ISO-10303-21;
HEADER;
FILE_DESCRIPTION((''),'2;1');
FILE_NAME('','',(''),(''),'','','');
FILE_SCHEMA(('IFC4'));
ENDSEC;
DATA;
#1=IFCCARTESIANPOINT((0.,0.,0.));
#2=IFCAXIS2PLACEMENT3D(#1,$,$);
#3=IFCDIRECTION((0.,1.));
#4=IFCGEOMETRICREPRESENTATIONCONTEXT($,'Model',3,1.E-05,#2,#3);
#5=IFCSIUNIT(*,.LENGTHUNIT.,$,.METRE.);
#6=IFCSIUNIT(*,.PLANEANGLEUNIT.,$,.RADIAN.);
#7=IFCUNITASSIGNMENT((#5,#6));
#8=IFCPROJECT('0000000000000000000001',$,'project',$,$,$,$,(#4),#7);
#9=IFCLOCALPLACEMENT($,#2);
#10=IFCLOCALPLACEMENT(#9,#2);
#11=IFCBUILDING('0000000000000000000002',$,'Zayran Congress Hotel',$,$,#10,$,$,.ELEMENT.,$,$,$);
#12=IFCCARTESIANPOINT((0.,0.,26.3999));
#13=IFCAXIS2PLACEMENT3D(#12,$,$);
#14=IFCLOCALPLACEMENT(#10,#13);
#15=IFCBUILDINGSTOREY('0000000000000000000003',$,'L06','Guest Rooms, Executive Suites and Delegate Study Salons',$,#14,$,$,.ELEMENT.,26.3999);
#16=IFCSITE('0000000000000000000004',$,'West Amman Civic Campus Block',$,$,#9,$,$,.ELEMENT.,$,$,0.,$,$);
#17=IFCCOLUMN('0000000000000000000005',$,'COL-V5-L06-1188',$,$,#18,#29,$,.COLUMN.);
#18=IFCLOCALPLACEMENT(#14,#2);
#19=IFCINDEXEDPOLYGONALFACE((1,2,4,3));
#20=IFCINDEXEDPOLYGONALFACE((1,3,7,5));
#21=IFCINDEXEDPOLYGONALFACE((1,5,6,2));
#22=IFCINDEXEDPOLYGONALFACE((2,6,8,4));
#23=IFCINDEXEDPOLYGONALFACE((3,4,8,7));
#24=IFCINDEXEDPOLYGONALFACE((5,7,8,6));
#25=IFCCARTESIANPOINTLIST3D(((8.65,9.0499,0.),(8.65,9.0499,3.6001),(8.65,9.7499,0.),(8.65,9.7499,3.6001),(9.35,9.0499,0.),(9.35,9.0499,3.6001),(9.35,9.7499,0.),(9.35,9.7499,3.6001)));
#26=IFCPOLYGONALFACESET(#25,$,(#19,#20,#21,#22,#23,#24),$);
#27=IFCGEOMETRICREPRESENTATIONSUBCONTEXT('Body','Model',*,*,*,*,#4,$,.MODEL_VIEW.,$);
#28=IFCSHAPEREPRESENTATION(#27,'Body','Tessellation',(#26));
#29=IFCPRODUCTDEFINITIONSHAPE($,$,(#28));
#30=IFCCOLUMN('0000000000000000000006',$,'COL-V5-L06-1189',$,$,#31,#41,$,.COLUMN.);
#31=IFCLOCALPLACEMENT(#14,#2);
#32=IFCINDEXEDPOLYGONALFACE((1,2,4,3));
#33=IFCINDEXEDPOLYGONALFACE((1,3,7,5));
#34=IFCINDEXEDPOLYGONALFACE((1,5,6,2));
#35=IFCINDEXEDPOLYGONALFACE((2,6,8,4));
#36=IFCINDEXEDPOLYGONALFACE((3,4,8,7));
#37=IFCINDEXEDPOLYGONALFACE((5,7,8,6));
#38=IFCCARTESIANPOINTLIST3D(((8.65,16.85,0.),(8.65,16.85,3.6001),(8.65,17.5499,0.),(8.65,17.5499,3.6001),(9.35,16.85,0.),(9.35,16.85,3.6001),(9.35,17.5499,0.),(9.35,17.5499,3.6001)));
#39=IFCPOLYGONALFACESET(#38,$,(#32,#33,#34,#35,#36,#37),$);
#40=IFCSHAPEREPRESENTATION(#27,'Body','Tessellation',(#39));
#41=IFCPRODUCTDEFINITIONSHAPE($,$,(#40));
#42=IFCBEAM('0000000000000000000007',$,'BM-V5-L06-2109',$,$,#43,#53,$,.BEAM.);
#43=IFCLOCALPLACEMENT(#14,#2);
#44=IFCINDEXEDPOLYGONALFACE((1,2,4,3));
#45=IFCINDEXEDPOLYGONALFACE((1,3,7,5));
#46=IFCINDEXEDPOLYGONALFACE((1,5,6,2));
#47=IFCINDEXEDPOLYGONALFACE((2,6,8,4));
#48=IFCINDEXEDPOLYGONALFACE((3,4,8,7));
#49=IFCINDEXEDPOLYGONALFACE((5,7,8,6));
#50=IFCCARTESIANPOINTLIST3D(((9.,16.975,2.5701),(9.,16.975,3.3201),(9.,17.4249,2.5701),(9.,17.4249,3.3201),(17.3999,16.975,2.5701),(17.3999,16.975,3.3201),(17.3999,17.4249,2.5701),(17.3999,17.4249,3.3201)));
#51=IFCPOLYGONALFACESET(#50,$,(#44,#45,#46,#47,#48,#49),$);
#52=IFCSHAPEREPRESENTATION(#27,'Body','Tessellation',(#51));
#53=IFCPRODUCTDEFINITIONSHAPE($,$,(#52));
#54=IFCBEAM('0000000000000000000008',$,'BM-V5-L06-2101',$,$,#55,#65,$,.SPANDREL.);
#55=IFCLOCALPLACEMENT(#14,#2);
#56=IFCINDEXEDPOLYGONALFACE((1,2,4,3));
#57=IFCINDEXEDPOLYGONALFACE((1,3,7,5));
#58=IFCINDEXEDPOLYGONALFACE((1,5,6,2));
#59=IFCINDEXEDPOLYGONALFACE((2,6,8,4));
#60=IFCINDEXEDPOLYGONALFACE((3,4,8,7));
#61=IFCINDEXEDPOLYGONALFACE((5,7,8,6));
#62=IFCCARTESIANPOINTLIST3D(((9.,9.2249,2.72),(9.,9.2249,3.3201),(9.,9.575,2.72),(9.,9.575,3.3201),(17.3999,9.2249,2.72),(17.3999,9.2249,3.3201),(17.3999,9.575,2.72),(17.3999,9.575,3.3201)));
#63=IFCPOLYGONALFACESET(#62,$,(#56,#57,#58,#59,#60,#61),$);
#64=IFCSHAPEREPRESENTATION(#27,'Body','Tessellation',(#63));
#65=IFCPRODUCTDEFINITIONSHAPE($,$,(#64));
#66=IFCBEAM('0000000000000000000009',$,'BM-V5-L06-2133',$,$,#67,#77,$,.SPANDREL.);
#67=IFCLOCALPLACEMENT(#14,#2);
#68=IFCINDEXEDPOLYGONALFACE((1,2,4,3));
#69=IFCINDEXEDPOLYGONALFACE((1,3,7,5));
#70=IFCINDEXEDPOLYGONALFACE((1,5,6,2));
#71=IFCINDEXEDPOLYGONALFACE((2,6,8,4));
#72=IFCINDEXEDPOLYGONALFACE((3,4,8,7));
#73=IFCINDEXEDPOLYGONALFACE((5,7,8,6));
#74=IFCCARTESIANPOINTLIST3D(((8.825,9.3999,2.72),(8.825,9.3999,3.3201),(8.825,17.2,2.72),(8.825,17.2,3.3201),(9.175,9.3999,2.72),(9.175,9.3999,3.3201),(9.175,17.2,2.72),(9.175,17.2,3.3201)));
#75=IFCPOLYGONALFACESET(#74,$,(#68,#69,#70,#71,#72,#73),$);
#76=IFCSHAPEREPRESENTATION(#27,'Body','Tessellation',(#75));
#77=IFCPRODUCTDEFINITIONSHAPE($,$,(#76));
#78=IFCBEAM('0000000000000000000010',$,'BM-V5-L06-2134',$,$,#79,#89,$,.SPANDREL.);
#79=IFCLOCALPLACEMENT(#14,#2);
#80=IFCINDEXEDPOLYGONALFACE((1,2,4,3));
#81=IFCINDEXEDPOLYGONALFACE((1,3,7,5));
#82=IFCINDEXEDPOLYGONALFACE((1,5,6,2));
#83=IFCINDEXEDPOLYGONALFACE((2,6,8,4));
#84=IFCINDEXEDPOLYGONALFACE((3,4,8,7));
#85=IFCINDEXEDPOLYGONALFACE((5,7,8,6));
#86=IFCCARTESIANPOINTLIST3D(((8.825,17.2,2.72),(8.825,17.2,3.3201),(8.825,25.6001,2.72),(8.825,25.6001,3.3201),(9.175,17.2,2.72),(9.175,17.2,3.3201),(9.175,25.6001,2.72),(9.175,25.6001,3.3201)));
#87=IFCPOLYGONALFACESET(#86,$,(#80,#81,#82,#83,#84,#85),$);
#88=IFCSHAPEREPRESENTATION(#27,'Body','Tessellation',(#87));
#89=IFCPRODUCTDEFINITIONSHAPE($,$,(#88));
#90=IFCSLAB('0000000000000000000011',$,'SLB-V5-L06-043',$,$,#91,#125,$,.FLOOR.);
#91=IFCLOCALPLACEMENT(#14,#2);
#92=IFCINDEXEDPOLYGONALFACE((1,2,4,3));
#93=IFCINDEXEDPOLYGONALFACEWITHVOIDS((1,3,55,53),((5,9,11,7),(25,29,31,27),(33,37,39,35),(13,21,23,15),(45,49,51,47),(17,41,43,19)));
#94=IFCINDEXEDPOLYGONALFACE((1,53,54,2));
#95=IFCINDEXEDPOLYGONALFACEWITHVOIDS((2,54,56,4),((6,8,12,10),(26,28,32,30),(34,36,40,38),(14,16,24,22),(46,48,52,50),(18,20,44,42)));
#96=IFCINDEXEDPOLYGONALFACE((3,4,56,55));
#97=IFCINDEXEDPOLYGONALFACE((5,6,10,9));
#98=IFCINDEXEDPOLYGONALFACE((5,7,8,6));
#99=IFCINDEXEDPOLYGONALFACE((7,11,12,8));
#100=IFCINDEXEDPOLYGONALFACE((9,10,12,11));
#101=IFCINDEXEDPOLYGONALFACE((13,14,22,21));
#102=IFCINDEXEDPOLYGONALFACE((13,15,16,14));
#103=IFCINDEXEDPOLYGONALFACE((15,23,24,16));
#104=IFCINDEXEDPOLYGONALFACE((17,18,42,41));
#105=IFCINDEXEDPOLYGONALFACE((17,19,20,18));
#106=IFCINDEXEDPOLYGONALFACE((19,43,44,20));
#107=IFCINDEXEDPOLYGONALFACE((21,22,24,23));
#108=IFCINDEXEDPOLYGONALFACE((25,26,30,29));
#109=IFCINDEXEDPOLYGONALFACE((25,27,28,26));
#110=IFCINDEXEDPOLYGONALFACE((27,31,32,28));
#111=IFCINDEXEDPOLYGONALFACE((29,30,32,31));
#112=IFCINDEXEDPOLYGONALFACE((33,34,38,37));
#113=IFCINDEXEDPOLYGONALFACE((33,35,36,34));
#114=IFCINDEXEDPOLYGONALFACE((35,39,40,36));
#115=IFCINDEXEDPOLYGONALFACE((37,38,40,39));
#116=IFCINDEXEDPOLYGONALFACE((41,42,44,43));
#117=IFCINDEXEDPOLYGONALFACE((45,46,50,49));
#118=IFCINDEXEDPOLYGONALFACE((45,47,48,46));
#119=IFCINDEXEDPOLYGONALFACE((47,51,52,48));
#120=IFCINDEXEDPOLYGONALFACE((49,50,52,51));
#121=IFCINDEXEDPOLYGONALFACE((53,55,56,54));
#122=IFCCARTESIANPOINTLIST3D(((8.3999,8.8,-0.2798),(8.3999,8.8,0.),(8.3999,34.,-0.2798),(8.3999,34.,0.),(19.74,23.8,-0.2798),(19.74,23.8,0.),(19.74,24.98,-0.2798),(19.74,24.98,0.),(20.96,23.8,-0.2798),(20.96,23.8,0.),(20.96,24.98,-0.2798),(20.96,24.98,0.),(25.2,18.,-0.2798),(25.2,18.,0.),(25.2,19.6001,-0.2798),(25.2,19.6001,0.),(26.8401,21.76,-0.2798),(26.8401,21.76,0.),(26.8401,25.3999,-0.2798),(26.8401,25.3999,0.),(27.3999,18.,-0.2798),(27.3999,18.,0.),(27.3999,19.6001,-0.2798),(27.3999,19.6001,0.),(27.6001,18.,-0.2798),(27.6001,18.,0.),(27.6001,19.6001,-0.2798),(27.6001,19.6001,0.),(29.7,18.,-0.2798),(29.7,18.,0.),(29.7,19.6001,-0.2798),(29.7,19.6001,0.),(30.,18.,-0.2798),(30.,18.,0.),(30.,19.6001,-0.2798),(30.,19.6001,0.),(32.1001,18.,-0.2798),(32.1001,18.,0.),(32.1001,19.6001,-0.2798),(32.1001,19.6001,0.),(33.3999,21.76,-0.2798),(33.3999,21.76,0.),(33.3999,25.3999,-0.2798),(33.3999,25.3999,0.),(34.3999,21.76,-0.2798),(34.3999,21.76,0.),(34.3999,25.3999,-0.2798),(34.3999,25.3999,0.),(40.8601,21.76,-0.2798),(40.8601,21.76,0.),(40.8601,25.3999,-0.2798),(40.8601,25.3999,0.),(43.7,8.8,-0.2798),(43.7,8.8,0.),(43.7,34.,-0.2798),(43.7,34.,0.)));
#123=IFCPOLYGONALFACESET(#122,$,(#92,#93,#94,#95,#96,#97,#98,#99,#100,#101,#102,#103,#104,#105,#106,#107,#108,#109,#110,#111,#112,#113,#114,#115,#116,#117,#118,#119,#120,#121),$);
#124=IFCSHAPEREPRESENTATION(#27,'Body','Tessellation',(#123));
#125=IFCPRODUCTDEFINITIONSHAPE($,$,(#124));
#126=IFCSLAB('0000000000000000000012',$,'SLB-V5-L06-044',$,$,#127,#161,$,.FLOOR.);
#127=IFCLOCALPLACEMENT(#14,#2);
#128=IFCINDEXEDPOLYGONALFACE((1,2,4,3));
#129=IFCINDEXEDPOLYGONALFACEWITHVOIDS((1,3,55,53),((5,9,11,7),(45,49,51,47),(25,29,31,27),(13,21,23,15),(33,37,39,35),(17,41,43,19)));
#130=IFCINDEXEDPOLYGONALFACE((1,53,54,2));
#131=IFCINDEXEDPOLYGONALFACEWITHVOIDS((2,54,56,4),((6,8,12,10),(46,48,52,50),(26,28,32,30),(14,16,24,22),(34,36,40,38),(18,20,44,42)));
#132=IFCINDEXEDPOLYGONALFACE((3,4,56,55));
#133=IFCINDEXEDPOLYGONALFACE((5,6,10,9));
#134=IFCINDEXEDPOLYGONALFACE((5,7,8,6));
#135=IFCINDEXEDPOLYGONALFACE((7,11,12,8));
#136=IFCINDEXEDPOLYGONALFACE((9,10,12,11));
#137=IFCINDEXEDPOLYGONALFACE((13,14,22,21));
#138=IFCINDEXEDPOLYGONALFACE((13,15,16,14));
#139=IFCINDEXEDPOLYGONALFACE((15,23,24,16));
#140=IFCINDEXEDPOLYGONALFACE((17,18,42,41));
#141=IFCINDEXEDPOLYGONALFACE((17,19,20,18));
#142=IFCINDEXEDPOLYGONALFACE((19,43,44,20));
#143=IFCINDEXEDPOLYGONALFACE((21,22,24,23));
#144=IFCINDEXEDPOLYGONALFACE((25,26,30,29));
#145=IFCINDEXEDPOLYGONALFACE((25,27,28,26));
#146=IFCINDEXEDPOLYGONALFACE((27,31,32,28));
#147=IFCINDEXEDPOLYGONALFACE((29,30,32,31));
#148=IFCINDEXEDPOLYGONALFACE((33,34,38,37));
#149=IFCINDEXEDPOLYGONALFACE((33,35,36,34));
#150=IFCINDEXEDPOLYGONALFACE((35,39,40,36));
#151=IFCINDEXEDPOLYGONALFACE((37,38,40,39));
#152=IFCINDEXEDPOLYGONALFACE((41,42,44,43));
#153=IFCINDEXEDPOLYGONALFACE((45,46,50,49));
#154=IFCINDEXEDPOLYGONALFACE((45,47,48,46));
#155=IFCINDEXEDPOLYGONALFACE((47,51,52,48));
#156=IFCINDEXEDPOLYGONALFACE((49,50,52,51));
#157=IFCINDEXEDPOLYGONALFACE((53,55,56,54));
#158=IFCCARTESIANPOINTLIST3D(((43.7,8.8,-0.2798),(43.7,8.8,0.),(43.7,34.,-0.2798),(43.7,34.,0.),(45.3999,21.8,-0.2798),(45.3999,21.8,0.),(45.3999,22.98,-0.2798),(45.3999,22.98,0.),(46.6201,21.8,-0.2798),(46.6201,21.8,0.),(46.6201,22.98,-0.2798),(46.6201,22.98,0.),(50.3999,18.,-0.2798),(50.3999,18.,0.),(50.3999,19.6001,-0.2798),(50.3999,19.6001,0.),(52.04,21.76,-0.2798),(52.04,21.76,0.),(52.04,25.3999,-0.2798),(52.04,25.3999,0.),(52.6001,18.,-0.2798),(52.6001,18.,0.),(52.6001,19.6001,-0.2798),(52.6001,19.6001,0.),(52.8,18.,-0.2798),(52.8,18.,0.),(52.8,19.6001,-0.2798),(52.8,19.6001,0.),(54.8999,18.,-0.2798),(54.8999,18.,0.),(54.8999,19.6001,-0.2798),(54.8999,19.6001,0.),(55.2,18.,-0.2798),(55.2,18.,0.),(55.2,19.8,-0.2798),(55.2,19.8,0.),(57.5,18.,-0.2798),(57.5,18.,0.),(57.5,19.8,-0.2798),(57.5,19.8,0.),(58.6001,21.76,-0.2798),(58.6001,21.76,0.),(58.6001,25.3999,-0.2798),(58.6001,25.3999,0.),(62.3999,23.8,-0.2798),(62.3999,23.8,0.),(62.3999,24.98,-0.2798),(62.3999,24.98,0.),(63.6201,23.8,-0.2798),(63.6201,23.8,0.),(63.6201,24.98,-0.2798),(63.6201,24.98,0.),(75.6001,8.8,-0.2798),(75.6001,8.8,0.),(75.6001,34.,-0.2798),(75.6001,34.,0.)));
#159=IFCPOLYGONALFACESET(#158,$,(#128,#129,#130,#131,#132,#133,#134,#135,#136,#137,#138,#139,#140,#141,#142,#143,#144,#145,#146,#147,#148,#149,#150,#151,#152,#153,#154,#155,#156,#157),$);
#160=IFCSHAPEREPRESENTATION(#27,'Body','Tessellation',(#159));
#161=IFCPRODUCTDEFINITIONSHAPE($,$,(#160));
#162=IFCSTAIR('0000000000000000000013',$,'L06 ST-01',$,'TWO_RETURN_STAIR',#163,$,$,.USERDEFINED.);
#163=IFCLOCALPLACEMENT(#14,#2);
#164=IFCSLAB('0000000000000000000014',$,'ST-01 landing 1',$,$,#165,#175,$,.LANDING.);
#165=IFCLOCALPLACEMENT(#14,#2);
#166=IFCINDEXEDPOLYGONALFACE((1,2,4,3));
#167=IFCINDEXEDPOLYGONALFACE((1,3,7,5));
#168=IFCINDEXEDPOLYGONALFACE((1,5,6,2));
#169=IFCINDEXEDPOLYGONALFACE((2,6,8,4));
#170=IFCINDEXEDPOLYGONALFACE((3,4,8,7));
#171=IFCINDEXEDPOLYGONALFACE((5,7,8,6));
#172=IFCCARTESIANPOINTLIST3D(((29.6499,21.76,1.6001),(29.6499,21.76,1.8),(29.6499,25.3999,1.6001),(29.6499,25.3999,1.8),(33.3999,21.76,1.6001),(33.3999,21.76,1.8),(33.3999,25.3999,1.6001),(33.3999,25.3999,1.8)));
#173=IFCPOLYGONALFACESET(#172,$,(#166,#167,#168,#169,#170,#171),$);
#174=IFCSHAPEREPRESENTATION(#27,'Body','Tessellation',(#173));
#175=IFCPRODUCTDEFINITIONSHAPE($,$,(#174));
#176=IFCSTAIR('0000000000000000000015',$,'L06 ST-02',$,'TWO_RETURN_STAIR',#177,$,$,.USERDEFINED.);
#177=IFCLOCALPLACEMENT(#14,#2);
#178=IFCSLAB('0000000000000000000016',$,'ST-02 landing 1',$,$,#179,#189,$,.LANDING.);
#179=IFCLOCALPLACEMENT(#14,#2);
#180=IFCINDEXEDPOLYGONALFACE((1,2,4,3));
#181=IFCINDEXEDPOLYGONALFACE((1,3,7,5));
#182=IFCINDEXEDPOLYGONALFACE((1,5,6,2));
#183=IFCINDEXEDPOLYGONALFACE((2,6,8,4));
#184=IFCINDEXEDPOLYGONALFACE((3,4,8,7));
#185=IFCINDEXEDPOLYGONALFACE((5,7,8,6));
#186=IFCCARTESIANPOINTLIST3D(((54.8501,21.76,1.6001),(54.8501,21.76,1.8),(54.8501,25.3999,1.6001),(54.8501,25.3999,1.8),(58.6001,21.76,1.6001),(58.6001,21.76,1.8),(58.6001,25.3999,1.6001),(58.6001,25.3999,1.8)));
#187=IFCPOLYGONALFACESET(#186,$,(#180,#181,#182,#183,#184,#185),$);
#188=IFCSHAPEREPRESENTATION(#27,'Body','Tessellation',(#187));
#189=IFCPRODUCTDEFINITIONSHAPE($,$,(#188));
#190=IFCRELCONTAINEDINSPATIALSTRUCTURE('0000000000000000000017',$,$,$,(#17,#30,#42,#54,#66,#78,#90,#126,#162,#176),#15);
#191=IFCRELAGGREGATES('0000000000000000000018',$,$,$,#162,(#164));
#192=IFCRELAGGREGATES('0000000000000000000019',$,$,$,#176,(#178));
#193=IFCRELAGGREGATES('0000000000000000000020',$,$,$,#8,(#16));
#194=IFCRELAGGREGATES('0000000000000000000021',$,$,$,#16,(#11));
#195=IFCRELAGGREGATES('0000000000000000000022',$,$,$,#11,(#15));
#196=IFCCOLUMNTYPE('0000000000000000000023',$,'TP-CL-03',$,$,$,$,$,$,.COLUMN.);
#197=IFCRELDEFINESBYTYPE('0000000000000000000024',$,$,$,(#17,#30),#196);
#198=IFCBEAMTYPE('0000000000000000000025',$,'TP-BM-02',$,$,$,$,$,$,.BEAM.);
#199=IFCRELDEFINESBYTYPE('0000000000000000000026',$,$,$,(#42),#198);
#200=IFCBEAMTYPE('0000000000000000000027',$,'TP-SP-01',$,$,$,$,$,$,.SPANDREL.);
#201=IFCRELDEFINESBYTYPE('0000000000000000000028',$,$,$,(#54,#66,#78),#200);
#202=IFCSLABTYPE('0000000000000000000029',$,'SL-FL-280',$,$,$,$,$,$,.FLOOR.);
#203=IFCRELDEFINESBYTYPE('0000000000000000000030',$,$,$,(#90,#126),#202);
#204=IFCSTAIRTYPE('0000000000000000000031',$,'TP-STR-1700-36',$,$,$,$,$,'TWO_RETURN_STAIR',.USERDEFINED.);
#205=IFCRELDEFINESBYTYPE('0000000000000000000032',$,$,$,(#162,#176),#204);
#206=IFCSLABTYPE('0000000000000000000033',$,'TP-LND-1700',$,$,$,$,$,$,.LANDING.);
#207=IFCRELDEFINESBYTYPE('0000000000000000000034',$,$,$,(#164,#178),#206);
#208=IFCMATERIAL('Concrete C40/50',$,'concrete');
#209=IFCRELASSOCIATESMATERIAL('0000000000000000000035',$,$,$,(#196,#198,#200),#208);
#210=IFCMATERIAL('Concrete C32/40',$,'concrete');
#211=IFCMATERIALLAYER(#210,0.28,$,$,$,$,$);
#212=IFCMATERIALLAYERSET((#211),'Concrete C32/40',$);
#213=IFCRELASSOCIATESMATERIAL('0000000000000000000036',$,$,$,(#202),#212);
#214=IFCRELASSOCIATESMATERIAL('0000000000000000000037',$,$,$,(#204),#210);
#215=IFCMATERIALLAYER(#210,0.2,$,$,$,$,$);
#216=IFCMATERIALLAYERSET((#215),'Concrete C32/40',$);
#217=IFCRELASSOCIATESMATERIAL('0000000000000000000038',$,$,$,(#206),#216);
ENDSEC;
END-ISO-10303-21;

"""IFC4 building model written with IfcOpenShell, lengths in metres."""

from ifc_helpers import new_model, si_unit, direction, frame, origin, origin_2d, place, context, subcontext, project, spatial, polyline, rectangle, outline, extrude, material, layer, layer_set, material_profile, profile_set, type_object, element, aggregate, save


model = new_model("IFC4")

# Units and contexts
model_context = context("Model", 3, precision=1e-05, world=origin(), true_north=direction((0.0, 1.0)))
body_context = subcontext(model_context, "Body", "Model", "MODEL_VIEW")
ifc_project = project(units=[si_unit("LENGTHUNIT", "METRE"), si_unit("PLANEANGLEUNIT", "RADIAN")], contexts=[model_context])

# Site, building, storey
site_placement = place(None, origin())
site = spatial("IfcSite", under=ifc_project, at=site_placement, Name="West Amman Civic Campus Block", CompositionType="ELEMENT", RefElevation=0.0)
building_placement = place(site_placement, origin())
building = spatial("IfcBuilding", under=site, at=building_placement, Name="Zayran Congress Hotel", CompositionType="ELEMENT")
storey_placement = place(building_placement, frame((0.0, 0.0, 26.3999)))
storey = spatial("IfcBuildingStorey", under=building, at=storey_placement, Name="L06", Description="Guest Rooms, Executive Suites and Delegate Study Salons", CompositionType="ELEMENT", Elevation=26.3999)

# Columns
ifc_material_1 = material(Name="Concrete C40/50", Category="concrete")
ifc_material_profile_1 = material_profile(ifc_material_1, rectangle(XDim=0.7, YDim=0.7, at=origin_2d()), Name="RC 700x700")
ifc_profile_set_1 = profile_set([ifc_material_profile_1], Name="Concrete C40/50")
column_type = type_object("IfcColumnType", Name="TP-CL-03", PredefinedType="COLUMN", material=ifc_profile_set_1)
for number, where, z_axis, x_axis, name in (
    (1, (9.0, 9.3999, 0.0), (0.0, 0.0, 1.0), (1.0, 0.0, 0.0), "COL-V5-L06-1188"),
    (2, (9.0, 17.2, 0.0), (0.0, 0.0, 1.0), (1.0, 0.0, 0.0), "COL-V5-L06-1189"),
):
    element("IfcColumn", number, at=place(storey_placement, frame(where, z_axis=z_axis, x_axis=x_axis)), inside=storey, type_object=column_type, Name=name, PredefinedType="COLUMN", context=body_context, shape_type="SweptSolid", body=[
        extrude(rectangle(XDim=0.7, YDim=0.7, at=origin_2d()), origin(), (0.0, 0.0, 1.0), 3.6001),
    ])

# Beams
ifc_material_profile_2 = material_profile(ifc_material_1, rectangle(XDim=0.45, YDim=0.75, at=origin_2d()), Name="RC 450x750")
ifc_profile_set_2 = profile_set([ifc_material_profile_2], Name="Concrete C40/50")
beam_type_1 = type_object("IfcBeamType", Name="TP-BM-02", PredefinedType="BEAM", material=ifc_profile_set_2)
beam_1_placement = place(storey_placement, frame((9.0, 17.2, 2.9451), z_axis=(1.0, 0.0, 0.0), x_axis=(0.0, 1.0, 0.0)))
element("IfcBeam", 3, at=beam_1_placement, inside=storey, type_object=beam_type_1, Name="BM-V5-L06-2109", PredefinedType="BEAM", context=body_context, shape_type="SweptSolid", body=[
    extrude(rectangle(XDim=0.45, YDim=0.75, at=origin_2d()), origin(), (0.0, 0.0, 1.0), 8.3999),
])
ifc_material_profile_3 = material_profile(ifc_material_1, rectangle(XDim=0.3501, YDim=0.6001, at=origin_2d()), Name="RC 350x600")
ifc_profile_set_3 = profile_set([ifc_material_profile_3], Name="Concrete C40/50")
beam_type_2 = type_object("IfcBeamType", Name="TP-SP-01", PredefinedType="SPANDREL", material=ifc_profile_set_3)
beam_2_placement = place(storey_placement, frame((9.0, 9.3999, 3.02), z_axis=(1.0, 0.0, 0.0), x_axis=(0.0, 1.0, 0.0)))
element("IfcBeam", 4, at=beam_2_placement, inside=storey, type_object=beam_type_2, Name="BM-V5-L06-2101", PredefinedType="SPANDREL", context=body_context, shape_type="SweptSolid", body=[
    extrude(rectangle(XDim=0.3501, YDim=0.6001, at=origin_2d()), origin(), (0.0, 0.0, 1.0), 8.3999),
])
beam_3_placement = place(storey_placement, frame((9.0, 9.3999, 3.02), z_axis=(0.0, 1.0, 0.0), x_axis=(-1.0, 0.0, 0.0)))
element("IfcBeam", 5, at=beam_3_placement, inside=storey, type_object=beam_type_2, Name="BM-V5-L06-2133", PredefinedType="SPANDREL", context=body_context, shape_type="SweptSolid", body=[
    extrude(rectangle(XDim=0.3501, YDim=0.6001, at=origin_2d()), origin(), (0.0, 0.0, 1.0), 7.8),
])
beam_4_placement = place(storey_placement, frame((9.0, 17.2, 3.02), z_axis=(0.0, 1.0, 0.0), x_axis=(-1.0, 0.0, 0.0)))
element("IfcBeam", 6, at=beam_4_placement, inside=storey, type_object=beam_type_2, Name="BM-V5-L06-2134", PredefinedType="SPANDREL", context=body_context, shape_type="SweptSolid", body=[
    extrude(rectangle(XDim=0.3501, YDim=0.6001, at=origin_2d()), origin(), (0.0, 0.0, 1.0), 8.4001),
])

# Slabs
ifc_material_2 = material(Name="Concrete C32/40", Category="concrete")
ifc_layer_1 = layer(ifc_material_2, 0.28)
ifc_layer_set_1 = layer_set([ifc_layer_1], Name="Concrete C32/40")
slab_type_1 = type_object("IfcSlabType", Name="SL-FL-280", PredefinedType="FLOOR", material=ifc_layer_set_1)
slab_1_placement = place(storey_placement, frame((0.0, 0.0, -0.2798)))
element("IfcSlab", 7, at=slab_1_placement, inside=storey, type_object=slab_type_1, Name="SLB-V5-L06-043", PredefinedType="FLOOR", context=body_context, shape_type="SweptSolid", body=[
    extrude(outline(polyline([(8.3999, 8.8), (43.7, 8.8), (43.7, 34.0), (8.3999, 34.0), (8.3999, 8.8)]), holes=[polyline([(26.8401, 21.76), (33.3999, 21.76), (33.3999, 25.3999), (26.8401, 25.3999), (26.8401, 21.76)]), polyline([(25.2, 18.0), (27.3999, 18.0), (27.3999, 19.6001), (25.2, 19.6001), (25.2, 18.0)]), polyline([(27.6001, 18.0), (29.7, 18.0), (29.7, 19.6001), (27.6001, 19.6001), (27.6001, 18.0)]), polyline([(30.0, 18.0), (32.1001, 18.0), (32.1001, 19.6001), (30.0, 19.6001), (30.0, 18.0)]), polyline([(34.3999, 21.76), (40.8601, 21.76), (40.8601, 25.3999), (34.3999, 25.3999), (34.3999, 21.76)]), polyline([(19.74, 23.8), (20.96, 23.8), (20.96, 24.98), (19.74, 24.98), (19.74, 23.8)])]), origin(), (0.0, 0.0, 1.0), 0.2798),
])
slab_2_placement = place(storey_placement, frame((0.0, 0.0, -0.2798)))
element("IfcSlab", 8, at=slab_2_placement, inside=storey, type_object=slab_type_1, Name="SLB-V5-L06-044", PredefinedType="FLOOR", context=body_context, shape_type="SweptSolid", body=[
    extrude(outline(polyline([(43.7, 8.8), (75.6001, 8.8), (75.6001, 34.0), (43.7, 34.0), (43.7, 8.8)]), holes=[polyline([(52.04, 21.76), (58.6001, 21.76), (58.6001, 25.3999), (52.04, 25.3999), (52.04, 21.76)]), polyline([(50.3999, 18.0), (52.6001, 18.0), (52.6001, 19.6001), (50.3999, 19.6001), (50.3999, 18.0)]), polyline([(52.8, 18.0), (54.8999, 18.0), (54.8999, 19.6001), (52.8, 19.6001), (52.8, 18.0)]), polyline([(55.2, 18.0), (57.5, 18.0), (57.5, 19.8), (55.2, 19.8), (55.2, 18.0)]), polyline([(45.3999, 21.8), (46.6201, 21.8), (46.6201, 22.98), (45.3999, 22.98), (45.3999, 21.8)]), polyline([(62.3999, 23.8), (63.6201, 23.8), (63.6201, 24.98), (62.3999, 24.98), (62.3999, 23.8)])]), origin(), (0.0, 0.0, 1.0), 0.2798),
])

# Stairs, slabs
stair_type = type_object("IfcStairType", Name="TP-STR-1700-36", ElementType="TWO_RETURN_STAIR", PredefinedType="USERDEFINED", material=ifc_material_2)
stair_1_placement = place(storey_placement, origin())
stair_1 = element("IfcStair", 9, at=stair_1_placement, inside=storey, type_object=stair_type, Name="L06 ST-01", ObjectType="TWO_RETURN_STAIR", PredefinedType="USERDEFINED")
ifc_layer_2 = layer(ifc_material_2, 0.2)
ifc_layer_set_2 = layer_set([ifc_layer_2], Name="Concrete C32/40")
slab_type_2 = type_object("IfcSlabType", Name="TP-LND-1700", PredefinedType="LANDING", material=ifc_layer_set_2)
slab_3_placement = place(storey_placement, frame((0.0, 0.0, 1.6001)))
slab_3 = element("IfcSlab", 10, at=slab_3_placement, type_object=slab_type_2, Name="ST-01 landing 1", PredefinedType="LANDING", context=body_context, shape_type="SweptSolid", body=[
    extrude(outline(polyline([(29.6499, 21.76), (33.3999, 21.76), (33.3999, 25.3999), (29.6499, 25.3999), (29.6499, 21.76)])), origin(), (0.0, 0.0, 1.0), 0.2),
])
aggregate(stair_1, [slab_3])
stair_2_placement = place(storey_placement, origin())
stair_2 = element("IfcStair", 11, at=stair_2_placement, inside=storey, type_object=stair_type, Name="L06 ST-02", ObjectType="TWO_RETURN_STAIR", PredefinedType="USERDEFINED")
slab_4_placement = place(storey_placement, frame((0.0, 0.0, 1.6001)))
slab_4 = element("IfcSlab", 12, at=slab_4_placement, type_object=slab_type_2, Name="ST-02 landing 1", PredefinedType="LANDING", context=body_context, shape_type="SweptSolid", body=[
    extrude(outline(polyline([(54.8501, 21.76), (58.6001, 21.76), (58.6001, 25.3999), (54.8501, 25.3999), (54.8501, 21.76)])), origin(), (0.0, 0.0, 1.0), 0.2),
])
aggregate(stair_2, [slab_4])

save(model, "model.ifc")
